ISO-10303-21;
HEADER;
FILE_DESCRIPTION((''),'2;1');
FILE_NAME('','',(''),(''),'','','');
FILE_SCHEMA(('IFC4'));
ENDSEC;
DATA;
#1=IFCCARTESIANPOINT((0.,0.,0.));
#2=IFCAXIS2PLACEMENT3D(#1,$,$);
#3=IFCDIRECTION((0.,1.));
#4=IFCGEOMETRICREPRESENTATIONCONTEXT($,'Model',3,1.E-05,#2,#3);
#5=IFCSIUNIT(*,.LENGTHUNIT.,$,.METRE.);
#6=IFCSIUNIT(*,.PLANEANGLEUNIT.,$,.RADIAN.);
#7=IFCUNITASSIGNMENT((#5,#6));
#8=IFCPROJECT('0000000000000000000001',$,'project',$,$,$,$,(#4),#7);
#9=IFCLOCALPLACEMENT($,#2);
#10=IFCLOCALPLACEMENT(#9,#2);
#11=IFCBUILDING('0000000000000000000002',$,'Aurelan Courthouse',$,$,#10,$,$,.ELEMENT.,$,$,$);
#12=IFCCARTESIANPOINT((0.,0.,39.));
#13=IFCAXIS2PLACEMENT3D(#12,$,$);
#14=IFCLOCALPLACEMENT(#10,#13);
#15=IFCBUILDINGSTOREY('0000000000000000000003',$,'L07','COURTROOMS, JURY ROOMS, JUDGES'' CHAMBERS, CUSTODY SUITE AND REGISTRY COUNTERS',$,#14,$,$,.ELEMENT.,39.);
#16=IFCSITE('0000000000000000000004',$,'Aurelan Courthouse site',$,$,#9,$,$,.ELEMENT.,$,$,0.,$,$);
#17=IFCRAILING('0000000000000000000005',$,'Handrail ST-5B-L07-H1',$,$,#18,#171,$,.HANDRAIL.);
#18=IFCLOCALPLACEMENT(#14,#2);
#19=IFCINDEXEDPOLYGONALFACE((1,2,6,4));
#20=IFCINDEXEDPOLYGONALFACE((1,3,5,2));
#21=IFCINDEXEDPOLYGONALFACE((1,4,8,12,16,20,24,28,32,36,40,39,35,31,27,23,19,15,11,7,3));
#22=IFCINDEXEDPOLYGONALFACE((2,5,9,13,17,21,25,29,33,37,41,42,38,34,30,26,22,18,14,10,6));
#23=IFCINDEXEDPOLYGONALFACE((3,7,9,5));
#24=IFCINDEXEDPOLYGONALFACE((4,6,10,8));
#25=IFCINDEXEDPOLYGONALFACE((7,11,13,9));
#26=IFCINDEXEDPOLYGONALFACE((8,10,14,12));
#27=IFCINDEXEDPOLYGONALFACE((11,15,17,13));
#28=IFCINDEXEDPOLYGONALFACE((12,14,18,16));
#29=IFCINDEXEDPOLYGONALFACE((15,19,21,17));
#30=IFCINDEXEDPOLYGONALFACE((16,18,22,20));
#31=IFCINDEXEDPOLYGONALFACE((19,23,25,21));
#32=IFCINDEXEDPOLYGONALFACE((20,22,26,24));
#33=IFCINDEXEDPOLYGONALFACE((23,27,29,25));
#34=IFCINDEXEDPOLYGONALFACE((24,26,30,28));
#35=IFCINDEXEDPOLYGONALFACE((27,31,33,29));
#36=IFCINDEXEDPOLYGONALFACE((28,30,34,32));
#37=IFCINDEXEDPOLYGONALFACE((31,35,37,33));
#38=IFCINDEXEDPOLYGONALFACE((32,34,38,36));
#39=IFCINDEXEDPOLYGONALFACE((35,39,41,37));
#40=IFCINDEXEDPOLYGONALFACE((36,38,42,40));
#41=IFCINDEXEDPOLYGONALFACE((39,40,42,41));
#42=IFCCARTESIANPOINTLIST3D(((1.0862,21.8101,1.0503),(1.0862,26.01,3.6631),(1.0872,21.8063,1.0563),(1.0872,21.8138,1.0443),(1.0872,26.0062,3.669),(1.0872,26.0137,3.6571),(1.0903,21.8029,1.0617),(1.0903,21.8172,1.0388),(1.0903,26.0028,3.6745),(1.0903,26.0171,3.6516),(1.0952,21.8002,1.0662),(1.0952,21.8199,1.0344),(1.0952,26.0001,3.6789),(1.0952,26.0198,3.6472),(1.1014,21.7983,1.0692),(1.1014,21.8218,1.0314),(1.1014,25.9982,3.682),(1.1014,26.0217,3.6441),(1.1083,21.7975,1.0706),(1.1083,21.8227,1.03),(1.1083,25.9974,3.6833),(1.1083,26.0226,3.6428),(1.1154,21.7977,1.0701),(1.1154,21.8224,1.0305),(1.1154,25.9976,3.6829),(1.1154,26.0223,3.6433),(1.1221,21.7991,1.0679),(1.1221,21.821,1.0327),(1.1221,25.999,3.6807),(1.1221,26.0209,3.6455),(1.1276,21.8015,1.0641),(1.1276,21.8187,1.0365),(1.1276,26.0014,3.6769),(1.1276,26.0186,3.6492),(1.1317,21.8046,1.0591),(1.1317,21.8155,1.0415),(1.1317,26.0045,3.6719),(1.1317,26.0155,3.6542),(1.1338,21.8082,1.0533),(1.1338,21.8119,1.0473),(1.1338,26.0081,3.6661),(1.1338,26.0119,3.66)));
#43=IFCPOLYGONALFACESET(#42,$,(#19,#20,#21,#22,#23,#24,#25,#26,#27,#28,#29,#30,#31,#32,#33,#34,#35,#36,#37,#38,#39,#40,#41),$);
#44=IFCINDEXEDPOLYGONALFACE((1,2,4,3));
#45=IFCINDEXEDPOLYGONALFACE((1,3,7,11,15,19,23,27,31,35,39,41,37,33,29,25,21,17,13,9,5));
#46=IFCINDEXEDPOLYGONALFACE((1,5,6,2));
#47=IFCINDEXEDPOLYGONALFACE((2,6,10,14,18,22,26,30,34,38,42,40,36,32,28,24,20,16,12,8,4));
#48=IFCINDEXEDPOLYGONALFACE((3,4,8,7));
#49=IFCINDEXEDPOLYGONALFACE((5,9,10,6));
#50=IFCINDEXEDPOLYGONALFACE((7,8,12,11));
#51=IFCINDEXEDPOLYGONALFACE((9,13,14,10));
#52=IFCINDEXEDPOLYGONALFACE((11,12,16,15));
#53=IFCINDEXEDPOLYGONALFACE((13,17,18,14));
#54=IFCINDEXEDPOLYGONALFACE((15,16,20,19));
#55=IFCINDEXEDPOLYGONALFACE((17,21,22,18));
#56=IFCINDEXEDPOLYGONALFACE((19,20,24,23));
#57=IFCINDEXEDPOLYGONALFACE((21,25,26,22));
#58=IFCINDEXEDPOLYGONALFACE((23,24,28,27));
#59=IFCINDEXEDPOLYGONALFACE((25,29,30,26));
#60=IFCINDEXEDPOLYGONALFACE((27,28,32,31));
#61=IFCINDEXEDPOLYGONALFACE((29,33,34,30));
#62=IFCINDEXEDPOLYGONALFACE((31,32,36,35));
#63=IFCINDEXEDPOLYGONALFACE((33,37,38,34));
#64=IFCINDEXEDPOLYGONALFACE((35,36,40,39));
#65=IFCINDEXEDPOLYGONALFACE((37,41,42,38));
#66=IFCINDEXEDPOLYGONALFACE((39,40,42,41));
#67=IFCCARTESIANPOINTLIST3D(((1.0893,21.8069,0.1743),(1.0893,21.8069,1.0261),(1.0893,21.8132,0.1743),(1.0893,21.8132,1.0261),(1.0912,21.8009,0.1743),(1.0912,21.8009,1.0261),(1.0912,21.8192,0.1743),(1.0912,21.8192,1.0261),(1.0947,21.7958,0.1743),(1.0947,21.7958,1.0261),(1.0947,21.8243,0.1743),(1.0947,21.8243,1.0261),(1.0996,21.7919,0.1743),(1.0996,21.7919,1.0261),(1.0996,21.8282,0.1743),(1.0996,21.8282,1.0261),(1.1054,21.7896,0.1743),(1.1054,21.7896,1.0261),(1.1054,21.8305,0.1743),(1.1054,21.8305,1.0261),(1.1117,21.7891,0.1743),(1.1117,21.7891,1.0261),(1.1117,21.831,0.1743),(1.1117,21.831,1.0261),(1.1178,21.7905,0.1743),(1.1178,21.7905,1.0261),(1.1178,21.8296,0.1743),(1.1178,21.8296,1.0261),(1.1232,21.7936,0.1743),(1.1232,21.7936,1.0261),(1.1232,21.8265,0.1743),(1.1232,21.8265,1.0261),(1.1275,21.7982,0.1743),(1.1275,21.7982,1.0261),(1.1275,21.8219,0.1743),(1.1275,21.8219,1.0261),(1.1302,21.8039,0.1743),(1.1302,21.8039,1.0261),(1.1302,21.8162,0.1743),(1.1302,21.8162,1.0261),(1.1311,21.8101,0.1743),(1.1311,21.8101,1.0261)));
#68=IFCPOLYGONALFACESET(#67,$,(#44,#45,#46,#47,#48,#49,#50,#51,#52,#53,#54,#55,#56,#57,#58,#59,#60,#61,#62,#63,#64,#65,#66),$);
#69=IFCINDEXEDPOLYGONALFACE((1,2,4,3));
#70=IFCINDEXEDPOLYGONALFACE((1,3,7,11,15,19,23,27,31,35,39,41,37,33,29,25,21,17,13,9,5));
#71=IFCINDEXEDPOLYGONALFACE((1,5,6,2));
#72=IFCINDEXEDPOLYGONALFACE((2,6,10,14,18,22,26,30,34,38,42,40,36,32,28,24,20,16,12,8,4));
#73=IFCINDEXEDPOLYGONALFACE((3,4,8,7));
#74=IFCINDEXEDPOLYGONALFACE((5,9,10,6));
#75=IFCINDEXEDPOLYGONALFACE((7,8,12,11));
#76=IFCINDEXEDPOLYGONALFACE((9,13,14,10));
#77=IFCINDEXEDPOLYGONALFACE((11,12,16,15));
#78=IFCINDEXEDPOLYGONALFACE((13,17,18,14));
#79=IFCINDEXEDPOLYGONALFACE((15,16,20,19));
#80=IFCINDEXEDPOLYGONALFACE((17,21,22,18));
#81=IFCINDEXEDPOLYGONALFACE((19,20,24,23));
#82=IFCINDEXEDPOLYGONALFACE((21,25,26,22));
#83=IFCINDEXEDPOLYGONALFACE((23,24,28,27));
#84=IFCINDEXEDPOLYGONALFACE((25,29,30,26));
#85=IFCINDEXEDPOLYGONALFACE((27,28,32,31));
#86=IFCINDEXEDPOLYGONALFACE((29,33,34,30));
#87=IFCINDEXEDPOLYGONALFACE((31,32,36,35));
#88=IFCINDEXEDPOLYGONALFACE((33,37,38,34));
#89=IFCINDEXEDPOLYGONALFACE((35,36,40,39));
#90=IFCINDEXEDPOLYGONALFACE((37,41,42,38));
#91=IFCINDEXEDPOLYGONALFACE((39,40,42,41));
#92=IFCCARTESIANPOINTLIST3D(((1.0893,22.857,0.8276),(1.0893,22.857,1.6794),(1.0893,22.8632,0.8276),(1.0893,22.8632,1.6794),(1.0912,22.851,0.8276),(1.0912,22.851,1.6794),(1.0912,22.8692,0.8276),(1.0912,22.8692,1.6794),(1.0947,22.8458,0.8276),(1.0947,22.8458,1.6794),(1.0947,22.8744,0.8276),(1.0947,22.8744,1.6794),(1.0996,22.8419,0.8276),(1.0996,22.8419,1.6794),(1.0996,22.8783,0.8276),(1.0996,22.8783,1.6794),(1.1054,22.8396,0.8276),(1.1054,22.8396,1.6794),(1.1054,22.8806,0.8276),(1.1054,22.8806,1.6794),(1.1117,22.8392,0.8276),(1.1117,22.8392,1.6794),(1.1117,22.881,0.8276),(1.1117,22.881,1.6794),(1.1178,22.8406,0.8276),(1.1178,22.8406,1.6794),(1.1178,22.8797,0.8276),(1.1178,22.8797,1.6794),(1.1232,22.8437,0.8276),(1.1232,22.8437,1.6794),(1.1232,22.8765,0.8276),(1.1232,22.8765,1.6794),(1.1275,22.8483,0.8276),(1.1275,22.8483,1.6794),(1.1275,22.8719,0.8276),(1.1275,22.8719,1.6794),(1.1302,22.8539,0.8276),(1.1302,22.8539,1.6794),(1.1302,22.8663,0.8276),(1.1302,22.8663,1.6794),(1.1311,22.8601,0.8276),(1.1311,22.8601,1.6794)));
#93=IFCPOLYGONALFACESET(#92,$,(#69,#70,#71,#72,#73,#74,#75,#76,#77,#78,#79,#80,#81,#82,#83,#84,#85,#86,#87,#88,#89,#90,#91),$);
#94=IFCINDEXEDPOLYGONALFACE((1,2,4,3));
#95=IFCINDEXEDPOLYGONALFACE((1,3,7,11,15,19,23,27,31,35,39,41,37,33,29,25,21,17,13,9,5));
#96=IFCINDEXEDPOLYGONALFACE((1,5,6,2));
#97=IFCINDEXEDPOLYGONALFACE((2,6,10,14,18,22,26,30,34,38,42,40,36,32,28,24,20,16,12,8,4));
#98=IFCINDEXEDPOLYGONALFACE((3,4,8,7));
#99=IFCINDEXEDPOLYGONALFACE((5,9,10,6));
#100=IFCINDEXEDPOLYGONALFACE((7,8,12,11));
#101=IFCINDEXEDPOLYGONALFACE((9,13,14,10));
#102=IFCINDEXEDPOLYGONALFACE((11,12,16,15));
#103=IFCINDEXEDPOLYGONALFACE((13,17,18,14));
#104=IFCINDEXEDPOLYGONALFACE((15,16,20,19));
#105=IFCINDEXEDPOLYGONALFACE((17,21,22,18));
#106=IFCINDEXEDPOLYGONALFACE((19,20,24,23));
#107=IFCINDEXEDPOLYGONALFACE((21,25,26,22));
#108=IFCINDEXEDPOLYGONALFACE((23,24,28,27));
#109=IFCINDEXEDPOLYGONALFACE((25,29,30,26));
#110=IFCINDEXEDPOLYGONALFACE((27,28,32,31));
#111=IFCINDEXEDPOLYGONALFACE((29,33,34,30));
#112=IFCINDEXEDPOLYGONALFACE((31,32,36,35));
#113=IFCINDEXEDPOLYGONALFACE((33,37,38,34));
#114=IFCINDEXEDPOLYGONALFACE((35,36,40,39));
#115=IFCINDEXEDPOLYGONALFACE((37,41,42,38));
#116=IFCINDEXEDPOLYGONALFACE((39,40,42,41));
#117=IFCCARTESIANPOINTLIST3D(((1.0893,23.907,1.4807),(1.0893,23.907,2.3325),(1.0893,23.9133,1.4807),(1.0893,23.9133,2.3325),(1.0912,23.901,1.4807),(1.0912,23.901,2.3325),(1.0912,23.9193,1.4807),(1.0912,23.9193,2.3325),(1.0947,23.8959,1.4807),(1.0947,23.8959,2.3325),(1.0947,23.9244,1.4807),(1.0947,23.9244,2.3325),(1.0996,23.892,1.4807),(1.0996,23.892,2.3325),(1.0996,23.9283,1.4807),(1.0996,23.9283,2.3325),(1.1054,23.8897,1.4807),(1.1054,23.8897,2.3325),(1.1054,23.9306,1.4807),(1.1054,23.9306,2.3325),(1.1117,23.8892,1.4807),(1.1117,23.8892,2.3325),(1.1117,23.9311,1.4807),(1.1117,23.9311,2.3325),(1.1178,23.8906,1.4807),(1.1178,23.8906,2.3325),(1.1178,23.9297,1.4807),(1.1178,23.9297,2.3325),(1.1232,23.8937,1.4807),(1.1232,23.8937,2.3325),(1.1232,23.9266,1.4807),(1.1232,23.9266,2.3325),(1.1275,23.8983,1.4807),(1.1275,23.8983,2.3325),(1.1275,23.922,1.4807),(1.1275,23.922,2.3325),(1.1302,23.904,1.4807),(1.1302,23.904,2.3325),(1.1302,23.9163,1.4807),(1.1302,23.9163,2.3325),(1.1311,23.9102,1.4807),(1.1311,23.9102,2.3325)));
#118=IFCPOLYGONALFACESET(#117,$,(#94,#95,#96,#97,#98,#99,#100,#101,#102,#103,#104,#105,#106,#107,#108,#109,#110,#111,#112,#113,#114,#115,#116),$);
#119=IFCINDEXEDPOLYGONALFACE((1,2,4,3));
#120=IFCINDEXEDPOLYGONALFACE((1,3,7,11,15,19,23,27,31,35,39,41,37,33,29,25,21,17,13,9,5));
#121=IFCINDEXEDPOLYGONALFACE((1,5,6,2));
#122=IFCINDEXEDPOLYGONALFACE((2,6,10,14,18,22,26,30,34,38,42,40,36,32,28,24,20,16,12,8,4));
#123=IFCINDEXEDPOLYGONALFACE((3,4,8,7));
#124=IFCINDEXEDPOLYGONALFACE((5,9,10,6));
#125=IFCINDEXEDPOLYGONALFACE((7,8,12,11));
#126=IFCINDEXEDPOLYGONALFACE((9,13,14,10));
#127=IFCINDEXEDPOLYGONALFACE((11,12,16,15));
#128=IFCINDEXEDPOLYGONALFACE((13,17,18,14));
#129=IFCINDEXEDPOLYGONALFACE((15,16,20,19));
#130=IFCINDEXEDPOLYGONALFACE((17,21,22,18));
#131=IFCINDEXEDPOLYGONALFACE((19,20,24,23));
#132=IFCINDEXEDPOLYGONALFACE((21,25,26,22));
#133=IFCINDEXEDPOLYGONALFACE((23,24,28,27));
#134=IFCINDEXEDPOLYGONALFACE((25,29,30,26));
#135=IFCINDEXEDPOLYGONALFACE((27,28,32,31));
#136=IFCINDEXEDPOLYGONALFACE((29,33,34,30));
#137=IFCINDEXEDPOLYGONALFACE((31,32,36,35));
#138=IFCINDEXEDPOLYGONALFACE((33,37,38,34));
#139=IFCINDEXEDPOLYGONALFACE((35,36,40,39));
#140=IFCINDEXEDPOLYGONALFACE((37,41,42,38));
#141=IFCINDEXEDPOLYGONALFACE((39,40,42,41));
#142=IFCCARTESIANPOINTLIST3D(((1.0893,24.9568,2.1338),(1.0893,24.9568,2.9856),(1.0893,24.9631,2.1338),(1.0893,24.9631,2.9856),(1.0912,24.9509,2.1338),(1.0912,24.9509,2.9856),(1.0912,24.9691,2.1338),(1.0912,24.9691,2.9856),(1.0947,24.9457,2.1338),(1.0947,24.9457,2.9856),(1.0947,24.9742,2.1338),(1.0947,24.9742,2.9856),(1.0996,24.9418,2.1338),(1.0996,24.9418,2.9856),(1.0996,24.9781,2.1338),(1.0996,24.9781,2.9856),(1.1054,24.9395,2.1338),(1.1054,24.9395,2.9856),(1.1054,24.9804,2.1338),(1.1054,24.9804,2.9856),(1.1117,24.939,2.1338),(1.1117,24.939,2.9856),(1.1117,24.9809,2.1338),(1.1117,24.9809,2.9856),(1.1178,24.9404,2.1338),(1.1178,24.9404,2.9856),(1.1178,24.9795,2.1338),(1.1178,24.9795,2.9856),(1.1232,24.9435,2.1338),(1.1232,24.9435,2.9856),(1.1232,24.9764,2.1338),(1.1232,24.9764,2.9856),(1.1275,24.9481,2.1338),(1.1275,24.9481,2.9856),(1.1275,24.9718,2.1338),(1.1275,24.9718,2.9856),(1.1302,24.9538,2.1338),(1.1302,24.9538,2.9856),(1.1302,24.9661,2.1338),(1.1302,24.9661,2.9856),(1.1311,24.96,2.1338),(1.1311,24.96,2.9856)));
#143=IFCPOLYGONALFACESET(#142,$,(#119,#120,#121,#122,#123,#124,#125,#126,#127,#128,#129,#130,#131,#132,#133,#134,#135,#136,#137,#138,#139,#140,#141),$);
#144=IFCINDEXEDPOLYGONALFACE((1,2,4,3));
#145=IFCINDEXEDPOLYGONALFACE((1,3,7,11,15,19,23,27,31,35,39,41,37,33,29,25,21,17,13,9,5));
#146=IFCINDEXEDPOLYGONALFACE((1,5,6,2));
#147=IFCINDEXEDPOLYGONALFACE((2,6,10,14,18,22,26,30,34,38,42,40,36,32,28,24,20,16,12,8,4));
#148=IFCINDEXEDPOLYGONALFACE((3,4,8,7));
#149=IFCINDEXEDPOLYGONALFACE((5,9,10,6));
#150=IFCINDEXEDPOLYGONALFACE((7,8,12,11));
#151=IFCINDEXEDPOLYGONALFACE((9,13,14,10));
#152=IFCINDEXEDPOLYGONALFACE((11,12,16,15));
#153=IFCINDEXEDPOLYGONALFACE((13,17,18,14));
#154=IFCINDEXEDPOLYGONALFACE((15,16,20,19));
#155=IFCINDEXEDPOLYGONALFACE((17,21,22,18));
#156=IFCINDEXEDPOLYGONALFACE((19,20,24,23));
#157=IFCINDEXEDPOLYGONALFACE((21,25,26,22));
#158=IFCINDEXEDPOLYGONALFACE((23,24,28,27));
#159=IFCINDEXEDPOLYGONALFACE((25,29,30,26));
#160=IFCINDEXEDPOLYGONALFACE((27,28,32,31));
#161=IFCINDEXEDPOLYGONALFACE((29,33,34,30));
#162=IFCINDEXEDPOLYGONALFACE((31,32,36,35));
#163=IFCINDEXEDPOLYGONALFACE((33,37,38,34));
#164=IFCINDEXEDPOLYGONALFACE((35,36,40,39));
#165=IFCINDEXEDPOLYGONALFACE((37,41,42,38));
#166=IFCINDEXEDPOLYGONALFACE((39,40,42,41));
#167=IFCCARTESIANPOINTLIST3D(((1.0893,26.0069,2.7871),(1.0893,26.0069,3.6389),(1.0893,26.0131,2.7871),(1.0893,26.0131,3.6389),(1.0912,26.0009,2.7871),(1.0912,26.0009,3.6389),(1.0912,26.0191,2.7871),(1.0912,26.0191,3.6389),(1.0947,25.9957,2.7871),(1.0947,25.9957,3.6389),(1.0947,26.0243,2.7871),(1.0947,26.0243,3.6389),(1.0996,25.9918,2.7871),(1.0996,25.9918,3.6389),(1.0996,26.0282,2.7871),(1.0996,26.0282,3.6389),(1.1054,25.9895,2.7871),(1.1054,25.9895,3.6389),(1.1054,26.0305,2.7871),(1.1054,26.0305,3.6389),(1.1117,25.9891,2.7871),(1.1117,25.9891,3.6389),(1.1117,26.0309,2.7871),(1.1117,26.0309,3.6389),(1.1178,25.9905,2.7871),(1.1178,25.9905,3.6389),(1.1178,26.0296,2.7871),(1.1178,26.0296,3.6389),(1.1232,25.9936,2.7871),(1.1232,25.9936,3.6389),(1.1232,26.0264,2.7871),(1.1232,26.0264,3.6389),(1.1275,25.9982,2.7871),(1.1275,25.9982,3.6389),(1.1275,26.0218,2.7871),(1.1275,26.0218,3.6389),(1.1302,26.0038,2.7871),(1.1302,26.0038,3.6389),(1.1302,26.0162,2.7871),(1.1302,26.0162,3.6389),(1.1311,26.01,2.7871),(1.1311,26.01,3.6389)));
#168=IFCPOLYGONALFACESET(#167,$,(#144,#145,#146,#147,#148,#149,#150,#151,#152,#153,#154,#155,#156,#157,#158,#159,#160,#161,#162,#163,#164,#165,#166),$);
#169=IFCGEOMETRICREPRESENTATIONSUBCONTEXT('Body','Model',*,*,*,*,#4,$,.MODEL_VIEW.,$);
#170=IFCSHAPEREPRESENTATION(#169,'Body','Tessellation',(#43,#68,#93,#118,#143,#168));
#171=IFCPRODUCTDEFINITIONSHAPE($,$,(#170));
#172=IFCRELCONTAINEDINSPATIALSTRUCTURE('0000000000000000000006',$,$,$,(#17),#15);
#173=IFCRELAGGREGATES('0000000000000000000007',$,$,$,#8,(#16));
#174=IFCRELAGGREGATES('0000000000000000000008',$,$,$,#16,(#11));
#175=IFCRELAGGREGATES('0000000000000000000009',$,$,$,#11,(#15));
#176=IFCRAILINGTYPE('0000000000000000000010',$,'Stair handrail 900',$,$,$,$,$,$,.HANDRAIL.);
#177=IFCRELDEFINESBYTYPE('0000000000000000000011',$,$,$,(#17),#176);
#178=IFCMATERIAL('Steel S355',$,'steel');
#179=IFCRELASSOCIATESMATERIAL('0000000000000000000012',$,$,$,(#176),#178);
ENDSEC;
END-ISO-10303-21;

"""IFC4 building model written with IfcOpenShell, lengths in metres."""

from ifc_helpers import new_model, si_unit, direction, frame, origin, origin_2d, place, context, subcontext, project, spatial, circle, extrude, material, type_object, element, save


model = new_model("IFC4")

# Units and contexts
model_context = context("Model", 3, precision=1e-05, world=origin(), true_north=direction((0.0, 1.0)))
body_context = subcontext(model_context, "Body", "Model", "MODEL_VIEW")
ifc_project = project(units=[si_unit("LENGTHUNIT", "METRE"), si_unit("PLANEANGLEUNIT", "RADIAN")], contexts=[model_context])

# Site, building, storey
site_placement = place(None, origin())
site = spatial("IfcSite", under=ifc_project, at=site_placement, Name="Aurelan Courthouse site", CompositionType="ELEMENT", RefElevation=0.0)
building_placement = place(site_placement, origin())
building = spatial("IfcBuilding", under=site, at=building_placement, Name="Aurelan Courthouse", CompositionType="ELEMENT")
storey_placement = place(building_placement, frame((0.0, 0.0, 39.0)))
storey = spatial("IfcBuildingStorey", under=building, at=storey_placement, Name="L07", Description="COURTROOMS, JURY ROOMS, JUDGES' CHAMBERS, CUSTODY SUITE AND REGISTRY COUNTERS", CompositionType="ELEMENT", Elevation=39.0)

# Railing
ifc_material_1 = material(Name="Steel S355", Category="steel")
railing_type_1 = type_object("IfcRailingType", Name="Stair handrail 900", PredefinedType="HANDRAIL", material=ifc_material_1)
for number, where, name in (
    (1, (1.1101, 21.8101, 0.1743), "Handrail ST-5B-L07-H1"),
):
    element("IfcRailing", number, at=place(storey_placement, frame(where)), inside=storey, type_object=railing_type_1, Name=name, PredefinedType="HANDRAIL", context=body_context, shape_type="SweptSolid", body=[
        extrude(circle(Radius=0.0239, at=origin_2d()), frame((0.0, 0.0, 0.876), z_axis=(0.0, 0.849103, 0.528228), x_axis=(-1.0, 0.0, 0.0)), (0.0, 0.0, 1.0), 4.9463),
        extrude(circle(Radius=0.021, at=origin_2d()), origin(), (0.0, 0.0, 1.0), 0.8518),
        extrude(circle(Radius=0.021, at=origin_2d()), frame((0.0, 1.05, 0.6533)), (0.0, 0.0, 1.0), 0.8518),
        extrude(circle(Radius=0.021, at=origin_2d()), frame((0.0, 2.1001, 1.3064)), (0.0, 0.0, 1.0), 0.8518),
        extrude(circle(Radius=0.021, at=origin_2d()), frame((0.0, 3.1499, 1.9595)), (0.0, 0.0, 1.0), 0.8518),
        extrude(circle(Radius=0.021, at=origin_2d()), frame((0.0, 4.2, 2.6128)), (0.0, 0.0, 1.0), 0.8518),
    ])

save(model, "model.ifc")
